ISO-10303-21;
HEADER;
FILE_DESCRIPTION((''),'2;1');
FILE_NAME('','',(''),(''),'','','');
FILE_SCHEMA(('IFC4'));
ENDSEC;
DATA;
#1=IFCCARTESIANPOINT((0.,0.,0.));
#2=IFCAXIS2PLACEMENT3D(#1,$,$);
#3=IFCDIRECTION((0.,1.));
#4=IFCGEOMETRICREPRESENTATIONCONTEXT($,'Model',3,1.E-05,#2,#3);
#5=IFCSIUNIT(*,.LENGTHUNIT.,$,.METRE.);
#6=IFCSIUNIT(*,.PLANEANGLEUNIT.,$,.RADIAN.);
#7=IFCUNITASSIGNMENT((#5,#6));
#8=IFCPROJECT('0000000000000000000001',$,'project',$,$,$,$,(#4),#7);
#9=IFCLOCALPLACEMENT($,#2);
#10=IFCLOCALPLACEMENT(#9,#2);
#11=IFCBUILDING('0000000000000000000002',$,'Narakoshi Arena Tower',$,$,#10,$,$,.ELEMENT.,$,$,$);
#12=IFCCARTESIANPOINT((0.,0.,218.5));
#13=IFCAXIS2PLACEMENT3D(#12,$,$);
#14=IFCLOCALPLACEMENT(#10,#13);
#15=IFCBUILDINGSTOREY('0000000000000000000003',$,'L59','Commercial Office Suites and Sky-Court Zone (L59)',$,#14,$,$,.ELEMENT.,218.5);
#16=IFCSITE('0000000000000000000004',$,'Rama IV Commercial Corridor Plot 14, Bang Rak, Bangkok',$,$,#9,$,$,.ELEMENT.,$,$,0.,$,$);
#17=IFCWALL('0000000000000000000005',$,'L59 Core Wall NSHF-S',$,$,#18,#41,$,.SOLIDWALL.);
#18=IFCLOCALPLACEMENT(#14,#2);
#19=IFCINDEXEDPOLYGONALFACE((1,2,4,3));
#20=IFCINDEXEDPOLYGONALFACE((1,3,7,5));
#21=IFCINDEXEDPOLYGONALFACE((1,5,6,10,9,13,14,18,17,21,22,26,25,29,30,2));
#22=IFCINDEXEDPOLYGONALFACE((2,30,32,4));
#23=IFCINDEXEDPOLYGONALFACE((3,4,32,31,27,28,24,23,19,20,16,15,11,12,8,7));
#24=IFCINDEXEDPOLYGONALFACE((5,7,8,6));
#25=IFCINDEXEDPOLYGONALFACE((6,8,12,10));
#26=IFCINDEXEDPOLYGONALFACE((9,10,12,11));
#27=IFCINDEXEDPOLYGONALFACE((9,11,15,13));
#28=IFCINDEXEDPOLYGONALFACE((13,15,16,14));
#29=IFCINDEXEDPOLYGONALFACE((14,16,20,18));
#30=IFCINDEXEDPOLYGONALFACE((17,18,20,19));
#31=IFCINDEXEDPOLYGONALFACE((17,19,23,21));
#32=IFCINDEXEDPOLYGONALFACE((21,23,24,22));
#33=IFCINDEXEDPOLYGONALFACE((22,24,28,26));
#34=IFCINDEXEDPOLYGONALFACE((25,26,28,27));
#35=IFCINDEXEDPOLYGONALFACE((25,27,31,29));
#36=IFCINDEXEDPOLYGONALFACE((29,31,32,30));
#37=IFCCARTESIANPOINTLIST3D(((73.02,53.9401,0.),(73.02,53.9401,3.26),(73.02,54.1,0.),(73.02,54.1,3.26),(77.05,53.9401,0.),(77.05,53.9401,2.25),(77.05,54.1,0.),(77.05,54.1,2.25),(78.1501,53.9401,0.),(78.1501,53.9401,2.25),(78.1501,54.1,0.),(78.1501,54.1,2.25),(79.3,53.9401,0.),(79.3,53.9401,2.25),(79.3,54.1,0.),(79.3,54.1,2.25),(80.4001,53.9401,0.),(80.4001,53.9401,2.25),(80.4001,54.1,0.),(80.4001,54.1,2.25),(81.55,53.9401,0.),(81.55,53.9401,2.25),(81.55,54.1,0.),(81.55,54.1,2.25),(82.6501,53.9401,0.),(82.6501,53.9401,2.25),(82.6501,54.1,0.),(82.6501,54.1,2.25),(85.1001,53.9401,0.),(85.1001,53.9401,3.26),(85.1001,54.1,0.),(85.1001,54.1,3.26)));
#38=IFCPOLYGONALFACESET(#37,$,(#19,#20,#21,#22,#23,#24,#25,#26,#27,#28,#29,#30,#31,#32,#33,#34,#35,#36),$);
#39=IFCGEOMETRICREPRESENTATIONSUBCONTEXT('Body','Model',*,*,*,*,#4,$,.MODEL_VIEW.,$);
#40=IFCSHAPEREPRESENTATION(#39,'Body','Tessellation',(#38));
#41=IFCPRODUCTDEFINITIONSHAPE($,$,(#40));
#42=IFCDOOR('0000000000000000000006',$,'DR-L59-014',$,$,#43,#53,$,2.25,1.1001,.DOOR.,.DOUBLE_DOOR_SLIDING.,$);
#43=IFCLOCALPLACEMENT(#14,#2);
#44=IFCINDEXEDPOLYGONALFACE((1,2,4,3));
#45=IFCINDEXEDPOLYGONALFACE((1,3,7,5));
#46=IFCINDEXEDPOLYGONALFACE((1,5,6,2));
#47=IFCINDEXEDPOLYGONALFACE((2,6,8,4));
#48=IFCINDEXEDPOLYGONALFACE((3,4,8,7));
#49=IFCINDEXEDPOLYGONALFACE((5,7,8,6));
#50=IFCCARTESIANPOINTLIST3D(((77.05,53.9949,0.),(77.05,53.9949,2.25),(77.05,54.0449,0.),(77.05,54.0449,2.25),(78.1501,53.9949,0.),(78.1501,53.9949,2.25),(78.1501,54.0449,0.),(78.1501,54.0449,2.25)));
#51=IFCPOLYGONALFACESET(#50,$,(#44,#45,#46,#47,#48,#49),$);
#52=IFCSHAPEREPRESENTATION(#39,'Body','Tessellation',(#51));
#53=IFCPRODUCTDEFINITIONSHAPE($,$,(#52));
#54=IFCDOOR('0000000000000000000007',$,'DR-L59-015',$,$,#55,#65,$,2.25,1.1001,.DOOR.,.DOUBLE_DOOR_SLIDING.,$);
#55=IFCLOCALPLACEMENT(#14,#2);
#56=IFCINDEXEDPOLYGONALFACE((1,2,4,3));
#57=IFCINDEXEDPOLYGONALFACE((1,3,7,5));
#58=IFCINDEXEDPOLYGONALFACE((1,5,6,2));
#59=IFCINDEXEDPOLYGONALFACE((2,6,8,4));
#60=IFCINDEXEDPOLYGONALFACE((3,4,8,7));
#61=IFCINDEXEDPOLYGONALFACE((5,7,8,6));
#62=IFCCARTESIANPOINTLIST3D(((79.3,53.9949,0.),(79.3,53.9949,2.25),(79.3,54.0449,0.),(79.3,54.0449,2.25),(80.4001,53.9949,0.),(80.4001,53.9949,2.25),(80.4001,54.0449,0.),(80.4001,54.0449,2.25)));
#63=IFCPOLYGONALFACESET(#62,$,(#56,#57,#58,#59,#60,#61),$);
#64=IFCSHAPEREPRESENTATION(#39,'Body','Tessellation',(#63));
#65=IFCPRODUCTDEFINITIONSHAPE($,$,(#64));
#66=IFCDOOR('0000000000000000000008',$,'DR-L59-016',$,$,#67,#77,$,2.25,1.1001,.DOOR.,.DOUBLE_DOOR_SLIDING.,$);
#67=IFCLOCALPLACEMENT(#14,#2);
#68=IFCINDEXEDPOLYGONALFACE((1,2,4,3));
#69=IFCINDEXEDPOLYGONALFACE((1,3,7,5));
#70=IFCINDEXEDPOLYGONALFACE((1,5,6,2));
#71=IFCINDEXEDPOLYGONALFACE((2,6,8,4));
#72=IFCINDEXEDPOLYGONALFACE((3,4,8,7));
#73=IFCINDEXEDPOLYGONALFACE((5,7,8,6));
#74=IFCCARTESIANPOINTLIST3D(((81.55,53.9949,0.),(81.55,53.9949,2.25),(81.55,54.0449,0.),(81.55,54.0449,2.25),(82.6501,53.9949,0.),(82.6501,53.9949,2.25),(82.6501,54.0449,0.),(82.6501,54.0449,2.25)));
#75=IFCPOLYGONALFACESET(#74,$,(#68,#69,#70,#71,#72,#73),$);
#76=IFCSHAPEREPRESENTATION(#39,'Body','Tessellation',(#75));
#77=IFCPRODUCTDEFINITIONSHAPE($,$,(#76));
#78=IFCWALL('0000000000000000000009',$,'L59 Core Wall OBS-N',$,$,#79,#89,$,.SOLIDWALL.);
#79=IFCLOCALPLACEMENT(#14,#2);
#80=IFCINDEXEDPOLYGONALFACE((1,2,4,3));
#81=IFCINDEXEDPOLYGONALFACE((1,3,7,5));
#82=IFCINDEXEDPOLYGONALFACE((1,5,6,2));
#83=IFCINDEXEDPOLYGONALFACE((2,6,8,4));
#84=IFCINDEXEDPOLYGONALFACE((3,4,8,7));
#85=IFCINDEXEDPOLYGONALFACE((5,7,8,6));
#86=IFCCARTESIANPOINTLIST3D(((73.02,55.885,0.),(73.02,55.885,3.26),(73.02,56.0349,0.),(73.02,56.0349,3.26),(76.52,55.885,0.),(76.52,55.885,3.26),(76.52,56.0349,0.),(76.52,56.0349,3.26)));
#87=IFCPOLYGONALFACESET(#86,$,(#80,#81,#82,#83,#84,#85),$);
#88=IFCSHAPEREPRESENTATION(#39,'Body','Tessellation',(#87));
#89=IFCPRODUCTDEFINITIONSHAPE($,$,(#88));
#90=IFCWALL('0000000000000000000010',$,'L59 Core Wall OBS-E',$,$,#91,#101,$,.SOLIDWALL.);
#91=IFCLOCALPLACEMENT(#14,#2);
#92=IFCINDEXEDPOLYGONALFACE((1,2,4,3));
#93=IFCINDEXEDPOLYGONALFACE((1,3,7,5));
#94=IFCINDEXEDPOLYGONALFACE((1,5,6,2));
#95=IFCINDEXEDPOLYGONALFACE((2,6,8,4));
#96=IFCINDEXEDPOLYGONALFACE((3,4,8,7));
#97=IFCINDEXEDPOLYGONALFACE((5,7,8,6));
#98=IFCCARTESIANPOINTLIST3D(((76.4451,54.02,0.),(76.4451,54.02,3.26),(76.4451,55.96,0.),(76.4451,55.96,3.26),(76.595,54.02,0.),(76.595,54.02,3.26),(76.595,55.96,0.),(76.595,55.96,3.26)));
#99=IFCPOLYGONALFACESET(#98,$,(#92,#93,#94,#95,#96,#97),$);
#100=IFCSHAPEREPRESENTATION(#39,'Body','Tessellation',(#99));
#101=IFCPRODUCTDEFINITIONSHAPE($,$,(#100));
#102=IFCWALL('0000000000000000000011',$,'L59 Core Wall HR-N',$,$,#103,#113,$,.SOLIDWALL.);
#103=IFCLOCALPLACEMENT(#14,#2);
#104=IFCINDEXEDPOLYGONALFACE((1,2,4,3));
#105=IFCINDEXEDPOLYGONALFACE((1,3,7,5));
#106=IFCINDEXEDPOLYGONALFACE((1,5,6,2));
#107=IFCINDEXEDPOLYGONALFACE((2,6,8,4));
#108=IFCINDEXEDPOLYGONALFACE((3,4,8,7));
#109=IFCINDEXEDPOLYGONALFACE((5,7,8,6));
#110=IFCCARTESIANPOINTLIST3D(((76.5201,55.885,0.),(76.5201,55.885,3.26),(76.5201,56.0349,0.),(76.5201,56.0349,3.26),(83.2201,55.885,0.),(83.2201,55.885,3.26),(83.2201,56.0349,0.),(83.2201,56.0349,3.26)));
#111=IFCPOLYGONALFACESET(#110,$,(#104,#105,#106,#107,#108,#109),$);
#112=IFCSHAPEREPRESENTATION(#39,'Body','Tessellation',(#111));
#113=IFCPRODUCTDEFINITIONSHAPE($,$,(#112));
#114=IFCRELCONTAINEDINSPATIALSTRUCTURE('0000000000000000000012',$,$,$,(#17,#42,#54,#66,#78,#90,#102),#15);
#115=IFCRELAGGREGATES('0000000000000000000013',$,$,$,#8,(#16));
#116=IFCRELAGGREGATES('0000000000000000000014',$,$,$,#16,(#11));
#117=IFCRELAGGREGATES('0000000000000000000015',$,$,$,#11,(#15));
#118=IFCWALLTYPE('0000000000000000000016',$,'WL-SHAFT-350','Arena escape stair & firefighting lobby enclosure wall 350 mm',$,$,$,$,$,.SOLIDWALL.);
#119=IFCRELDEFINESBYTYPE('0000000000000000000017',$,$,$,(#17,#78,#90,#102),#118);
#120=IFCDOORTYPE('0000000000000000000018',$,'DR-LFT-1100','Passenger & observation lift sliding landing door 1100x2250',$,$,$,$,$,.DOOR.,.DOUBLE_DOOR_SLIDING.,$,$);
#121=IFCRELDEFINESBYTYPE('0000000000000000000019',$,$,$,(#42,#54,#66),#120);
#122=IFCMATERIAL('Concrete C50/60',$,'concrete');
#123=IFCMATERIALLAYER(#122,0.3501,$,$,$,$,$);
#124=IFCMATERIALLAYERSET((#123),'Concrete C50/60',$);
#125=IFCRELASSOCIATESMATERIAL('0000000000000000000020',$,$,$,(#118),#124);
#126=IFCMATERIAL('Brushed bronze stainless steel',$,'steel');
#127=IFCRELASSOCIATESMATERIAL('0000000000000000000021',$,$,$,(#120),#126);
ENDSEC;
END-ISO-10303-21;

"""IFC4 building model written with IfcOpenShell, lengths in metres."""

from ifc_helpers import new_model, si_unit, direction, frame, frame_2d, origin, place, context, subcontext, project, spatial, rectangle, extrude, material, layer, layer_set, type_object, element, fill, save


model = new_model("IFC4")

# Units and contexts
model_context = context("Model", 3, precision=1e-05, world=origin(), true_north=direction((0.0, 1.0)))
body_context = subcontext(model_context, "Body", "Model", "MODEL_VIEW")
ifc_project = project(units=[si_unit("LENGTHUNIT", "METRE"), si_unit("PLANEANGLEUNIT", "RADIAN")], contexts=[model_context])

# Site, building, storey
site_placement = place(None, origin())
site = spatial("IfcSite", under=ifc_project, at=site_placement, Name="Rama IV Commercial Corridor Plot 14, Bang Rak, Bangkok", CompositionType="ELEMENT", RefElevation=0.0)
building_placement = place(site_placement, origin())
building = spatial("IfcBuilding", under=site, at=building_placement, Name="Narakoshi Arena Tower", CompositionType="ELEMENT")
storey_placement = place(building_placement, frame((0.0, 0.0, 218.5)))
storey = spatial("IfcBuildingStorey", under=building, at=storey_placement, Name="L59", Description="Commercial Office Suites and Sky-Court Zone (L59)", CompositionType="ELEMENT", Elevation=218.5)

# Shared definitions
ifc_material_1 = material(Name="Concrete C50/60", Category="concrete")
ifc_layer_1 = layer(ifc_material_1, 0.3501)
ifc_layer_set_1 = layer_set([ifc_layer_1], Name="Concrete C50/60")
wall_type_1 = type_object("IfcWallType", Name="WL-SHAFT-350", Description="Arena escape stair & firefighting lobby enclosure wall 350 mm", PredefinedType="SOLIDWALL", material=ifc_layer_set_1)

# Wall, openings, doors
wall_1_placement = place(storey_placement, frame((73.02, 54.02, 0.0), z_axis=(0.0, 0.0, 1.0), x_axis=(1.0, 0.0, 0.0)))
wall_1 = element("IfcWall", 1, at=wall_1_placement, inside=storey, type_object=wall_type_1, Name="L59 Core Wall NSHF-S", PredefinedType="SOLIDWALL", context=body_context, shape_type="SweptSolid", body=[
    extrude(rectangle(XDim=12.0801, YDim=0.1599, at=frame_2d((6.04, 0.0))), origin(), (0.0, 0.0, 1.0), 3.26),
])
opening_1_placement = place(wall_1_placement, frame((4.03, 0.0, 0.0)))
opening_1 = element("IfcOpeningElement", 2, at=opening_1_placement, cuts=wall_1, PredefinedType="OPENING", context=body_context, shape_type="SweptSolid", body=[
    extrude(rectangle(XDim=1.1001, YDim=2.25, at=frame_2d((0.55, 1.125))), frame((0.0, 0.0898, 0.0), z_axis=(0.0, -1.0, 0.0), x_axis=(1.0, 0.0, 0.0)), (0.0, 0.0, 1.0), 0.1799),
])
opening_2_placement = place(wall_1_placement, frame((6.28, 0.0, 0.0)))
opening_2 = element("IfcOpeningElement", 3, at=opening_2_placement, cuts=wall_1, PredefinedType="OPENING", context=body_context, shape_type="SweptSolid", body=[
    extrude(rectangle(XDim=1.1001, YDim=2.25, at=frame_2d((0.55, 1.125))), frame((0.0, 0.0898, 0.0), z_axis=(0.0, -1.0, 0.0), x_axis=(1.0, 0.0, 0.0)), (0.0, 0.0, 1.0), 0.1799),
])
opening_3_placement = place(wall_1_placement, frame((8.53, 0.0, 0.0)))
opening_3 = element("IfcOpeningElement", 4, at=opening_3_placement, cuts=wall_1, PredefinedType="OPENING", context=body_context, shape_type="SweptSolid", body=[
    extrude(rectangle(XDim=1.1001, YDim=2.25, at=frame_2d((0.55, 1.125))), frame((0.0, 0.0898, 0.0), z_axis=(0.0, -1.0, 0.0), x_axis=(1.0, 0.0, 0.0)), (0.0, 0.0, 1.0), 0.1799),
])
ifc_material_2 = material(Name="Brushed bronze stainless steel", Category="steel")
door_type_1 = type_object("IfcDoorType", Name="DR-LFT-1100", Description="Passenger & observation lift sliding landing door 1100x2250", OperationType="DOUBLE_DOOR_SLIDING", PredefinedType="DOOR", material=ifc_material_2)
door_1_placement = place(opening_1_placement, origin())
door_1 = element("IfcDoor", 5, at=door_1_placement, inside=storey, type_object=door_type_1, Name="DR-L59-014", OperationType="DOUBLE_DOOR_SLIDING", OverallHeight=2.25, OverallWidth=1.1001, PredefinedType="DOOR", context=body_context, shape_type="SweptSolid", body=[
    extrude(rectangle(XDim=1.1001, YDim=2.25, at=frame_2d((0.55, 1.125))), frame((0.0, 0.0249, 0.0), z_axis=(0.0, -1.0, 0.0), x_axis=(1.0, 0.0, 0.0)), (0.0, 0.0, 1.0), 0.05),
])
fill(opening_1, door_1)
door_2_placement = place(opening_2_placement, origin())
door_2 = element("IfcDoor", 6, at=door_2_placement, inside=storey, type_object=door_type_1, Name="DR-L59-015", OperationType="DOUBLE_DOOR_SLIDING", OverallHeight=2.25, OverallWidth=1.1001, PredefinedType="DOOR", context=body_context, shape_type="SweptSolid", body=[
    extrude(rectangle(XDim=1.1001, YDim=2.25, at=frame_2d((0.55, 1.125))), frame((0.0, 0.0249, 0.0), z_axis=(0.0, -1.0, 0.0), x_axis=(1.0, 0.0, 0.0)), (0.0, 0.0, 1.0), 0.05),
])
fill(opening_2, door_2)
door_3_placement = place(opening_3_placement, origin())
door_3 = element("IfcDoor", 7, at=door_3_placement, inside=storey, type_object=door_type_1, Name="DR-L59-016", OperationType="DOUBLE_DOOR_SLIDING", OverallHeight=2.25, OverallWidth=1.1001, PredefinedType="DOOR", context=body_context, shape_type="SweptSolid", body=[
    extrude(rectangle(XDim=1.1001, YDim=2.25, at=frame_2d((0.55, 1.125))), frame((0.0, 0.0249, 0.0), z_axis=(0.0, -1.0, 0.0), x_axis=(1.0, 0.0, 0.0)), (0.0, 0.0, 1.0), 0.05),
])
fill(opening_3, door_3)

# Walls
wall_2_placement = place(storey_placement, frame((73.02, 55.96, 0.0), z_axis=(0.0, 0.0, 1.0), x_axis=(1.0, 0.0, 0.0)))
element("IfcWall", 8, at=wall_2_placement, inside=storey, type_object=wall_type_1, Name="L59 Core Wall OBS-N", PredefinedType="SOLIDWALL", context=body_context, shape_type="SweptSolid", body=[
    extrude(rectangle(XDim=3.5, YDim=0.1499, at=frame_2d((1.75, 0.0))), origin(), (0.0, 0.0, 1.0), 3.26),
])
wall_3_placement = place(storey_placement, frame((76.52, 54.02, 0.0), z_axis=(0.0, 0.0, 1.0), x_axis=(0.0, 1.0, 0.0)))
element("IfcWall", 9, at=wall_3_placement, inside=storey, type_object=wall_type_1, Name="L59 Core Wall OBS-E", PredefinedType="SOLIDWALL", context=body_context, shape_type="SweptSolid", body=[
    extrude(rectangle(XDim=1.9399, YDim=0.1499, at=frame_2d((0.97, 0.0))), origin(), (0.0, 0.0, 1.0), 3.26),
])
wall_4_placement = place(storey_placement, frame((76.52, 55.96, 0.0), z_axis=(0.0, 0.0, 1.0), x_axis=(1.0, 0.0, 0.0)))
element("IfcWall", 10, at=wall_4_placement, inside=storey, type_object=wall_type_1, Name="L59 Core Wall HR-N", PredefinedType="SOLIDWALL", context=body_context, shape_type="SweptSolid", body=[
    extrude(rectangle(XDim=6.7, YDim=0.1499, at=frame_2d((3.3501, 0.0))), origin(), (0.0, 0.0, 1.0), 3.26),
])

save(model, "model.ifc")
